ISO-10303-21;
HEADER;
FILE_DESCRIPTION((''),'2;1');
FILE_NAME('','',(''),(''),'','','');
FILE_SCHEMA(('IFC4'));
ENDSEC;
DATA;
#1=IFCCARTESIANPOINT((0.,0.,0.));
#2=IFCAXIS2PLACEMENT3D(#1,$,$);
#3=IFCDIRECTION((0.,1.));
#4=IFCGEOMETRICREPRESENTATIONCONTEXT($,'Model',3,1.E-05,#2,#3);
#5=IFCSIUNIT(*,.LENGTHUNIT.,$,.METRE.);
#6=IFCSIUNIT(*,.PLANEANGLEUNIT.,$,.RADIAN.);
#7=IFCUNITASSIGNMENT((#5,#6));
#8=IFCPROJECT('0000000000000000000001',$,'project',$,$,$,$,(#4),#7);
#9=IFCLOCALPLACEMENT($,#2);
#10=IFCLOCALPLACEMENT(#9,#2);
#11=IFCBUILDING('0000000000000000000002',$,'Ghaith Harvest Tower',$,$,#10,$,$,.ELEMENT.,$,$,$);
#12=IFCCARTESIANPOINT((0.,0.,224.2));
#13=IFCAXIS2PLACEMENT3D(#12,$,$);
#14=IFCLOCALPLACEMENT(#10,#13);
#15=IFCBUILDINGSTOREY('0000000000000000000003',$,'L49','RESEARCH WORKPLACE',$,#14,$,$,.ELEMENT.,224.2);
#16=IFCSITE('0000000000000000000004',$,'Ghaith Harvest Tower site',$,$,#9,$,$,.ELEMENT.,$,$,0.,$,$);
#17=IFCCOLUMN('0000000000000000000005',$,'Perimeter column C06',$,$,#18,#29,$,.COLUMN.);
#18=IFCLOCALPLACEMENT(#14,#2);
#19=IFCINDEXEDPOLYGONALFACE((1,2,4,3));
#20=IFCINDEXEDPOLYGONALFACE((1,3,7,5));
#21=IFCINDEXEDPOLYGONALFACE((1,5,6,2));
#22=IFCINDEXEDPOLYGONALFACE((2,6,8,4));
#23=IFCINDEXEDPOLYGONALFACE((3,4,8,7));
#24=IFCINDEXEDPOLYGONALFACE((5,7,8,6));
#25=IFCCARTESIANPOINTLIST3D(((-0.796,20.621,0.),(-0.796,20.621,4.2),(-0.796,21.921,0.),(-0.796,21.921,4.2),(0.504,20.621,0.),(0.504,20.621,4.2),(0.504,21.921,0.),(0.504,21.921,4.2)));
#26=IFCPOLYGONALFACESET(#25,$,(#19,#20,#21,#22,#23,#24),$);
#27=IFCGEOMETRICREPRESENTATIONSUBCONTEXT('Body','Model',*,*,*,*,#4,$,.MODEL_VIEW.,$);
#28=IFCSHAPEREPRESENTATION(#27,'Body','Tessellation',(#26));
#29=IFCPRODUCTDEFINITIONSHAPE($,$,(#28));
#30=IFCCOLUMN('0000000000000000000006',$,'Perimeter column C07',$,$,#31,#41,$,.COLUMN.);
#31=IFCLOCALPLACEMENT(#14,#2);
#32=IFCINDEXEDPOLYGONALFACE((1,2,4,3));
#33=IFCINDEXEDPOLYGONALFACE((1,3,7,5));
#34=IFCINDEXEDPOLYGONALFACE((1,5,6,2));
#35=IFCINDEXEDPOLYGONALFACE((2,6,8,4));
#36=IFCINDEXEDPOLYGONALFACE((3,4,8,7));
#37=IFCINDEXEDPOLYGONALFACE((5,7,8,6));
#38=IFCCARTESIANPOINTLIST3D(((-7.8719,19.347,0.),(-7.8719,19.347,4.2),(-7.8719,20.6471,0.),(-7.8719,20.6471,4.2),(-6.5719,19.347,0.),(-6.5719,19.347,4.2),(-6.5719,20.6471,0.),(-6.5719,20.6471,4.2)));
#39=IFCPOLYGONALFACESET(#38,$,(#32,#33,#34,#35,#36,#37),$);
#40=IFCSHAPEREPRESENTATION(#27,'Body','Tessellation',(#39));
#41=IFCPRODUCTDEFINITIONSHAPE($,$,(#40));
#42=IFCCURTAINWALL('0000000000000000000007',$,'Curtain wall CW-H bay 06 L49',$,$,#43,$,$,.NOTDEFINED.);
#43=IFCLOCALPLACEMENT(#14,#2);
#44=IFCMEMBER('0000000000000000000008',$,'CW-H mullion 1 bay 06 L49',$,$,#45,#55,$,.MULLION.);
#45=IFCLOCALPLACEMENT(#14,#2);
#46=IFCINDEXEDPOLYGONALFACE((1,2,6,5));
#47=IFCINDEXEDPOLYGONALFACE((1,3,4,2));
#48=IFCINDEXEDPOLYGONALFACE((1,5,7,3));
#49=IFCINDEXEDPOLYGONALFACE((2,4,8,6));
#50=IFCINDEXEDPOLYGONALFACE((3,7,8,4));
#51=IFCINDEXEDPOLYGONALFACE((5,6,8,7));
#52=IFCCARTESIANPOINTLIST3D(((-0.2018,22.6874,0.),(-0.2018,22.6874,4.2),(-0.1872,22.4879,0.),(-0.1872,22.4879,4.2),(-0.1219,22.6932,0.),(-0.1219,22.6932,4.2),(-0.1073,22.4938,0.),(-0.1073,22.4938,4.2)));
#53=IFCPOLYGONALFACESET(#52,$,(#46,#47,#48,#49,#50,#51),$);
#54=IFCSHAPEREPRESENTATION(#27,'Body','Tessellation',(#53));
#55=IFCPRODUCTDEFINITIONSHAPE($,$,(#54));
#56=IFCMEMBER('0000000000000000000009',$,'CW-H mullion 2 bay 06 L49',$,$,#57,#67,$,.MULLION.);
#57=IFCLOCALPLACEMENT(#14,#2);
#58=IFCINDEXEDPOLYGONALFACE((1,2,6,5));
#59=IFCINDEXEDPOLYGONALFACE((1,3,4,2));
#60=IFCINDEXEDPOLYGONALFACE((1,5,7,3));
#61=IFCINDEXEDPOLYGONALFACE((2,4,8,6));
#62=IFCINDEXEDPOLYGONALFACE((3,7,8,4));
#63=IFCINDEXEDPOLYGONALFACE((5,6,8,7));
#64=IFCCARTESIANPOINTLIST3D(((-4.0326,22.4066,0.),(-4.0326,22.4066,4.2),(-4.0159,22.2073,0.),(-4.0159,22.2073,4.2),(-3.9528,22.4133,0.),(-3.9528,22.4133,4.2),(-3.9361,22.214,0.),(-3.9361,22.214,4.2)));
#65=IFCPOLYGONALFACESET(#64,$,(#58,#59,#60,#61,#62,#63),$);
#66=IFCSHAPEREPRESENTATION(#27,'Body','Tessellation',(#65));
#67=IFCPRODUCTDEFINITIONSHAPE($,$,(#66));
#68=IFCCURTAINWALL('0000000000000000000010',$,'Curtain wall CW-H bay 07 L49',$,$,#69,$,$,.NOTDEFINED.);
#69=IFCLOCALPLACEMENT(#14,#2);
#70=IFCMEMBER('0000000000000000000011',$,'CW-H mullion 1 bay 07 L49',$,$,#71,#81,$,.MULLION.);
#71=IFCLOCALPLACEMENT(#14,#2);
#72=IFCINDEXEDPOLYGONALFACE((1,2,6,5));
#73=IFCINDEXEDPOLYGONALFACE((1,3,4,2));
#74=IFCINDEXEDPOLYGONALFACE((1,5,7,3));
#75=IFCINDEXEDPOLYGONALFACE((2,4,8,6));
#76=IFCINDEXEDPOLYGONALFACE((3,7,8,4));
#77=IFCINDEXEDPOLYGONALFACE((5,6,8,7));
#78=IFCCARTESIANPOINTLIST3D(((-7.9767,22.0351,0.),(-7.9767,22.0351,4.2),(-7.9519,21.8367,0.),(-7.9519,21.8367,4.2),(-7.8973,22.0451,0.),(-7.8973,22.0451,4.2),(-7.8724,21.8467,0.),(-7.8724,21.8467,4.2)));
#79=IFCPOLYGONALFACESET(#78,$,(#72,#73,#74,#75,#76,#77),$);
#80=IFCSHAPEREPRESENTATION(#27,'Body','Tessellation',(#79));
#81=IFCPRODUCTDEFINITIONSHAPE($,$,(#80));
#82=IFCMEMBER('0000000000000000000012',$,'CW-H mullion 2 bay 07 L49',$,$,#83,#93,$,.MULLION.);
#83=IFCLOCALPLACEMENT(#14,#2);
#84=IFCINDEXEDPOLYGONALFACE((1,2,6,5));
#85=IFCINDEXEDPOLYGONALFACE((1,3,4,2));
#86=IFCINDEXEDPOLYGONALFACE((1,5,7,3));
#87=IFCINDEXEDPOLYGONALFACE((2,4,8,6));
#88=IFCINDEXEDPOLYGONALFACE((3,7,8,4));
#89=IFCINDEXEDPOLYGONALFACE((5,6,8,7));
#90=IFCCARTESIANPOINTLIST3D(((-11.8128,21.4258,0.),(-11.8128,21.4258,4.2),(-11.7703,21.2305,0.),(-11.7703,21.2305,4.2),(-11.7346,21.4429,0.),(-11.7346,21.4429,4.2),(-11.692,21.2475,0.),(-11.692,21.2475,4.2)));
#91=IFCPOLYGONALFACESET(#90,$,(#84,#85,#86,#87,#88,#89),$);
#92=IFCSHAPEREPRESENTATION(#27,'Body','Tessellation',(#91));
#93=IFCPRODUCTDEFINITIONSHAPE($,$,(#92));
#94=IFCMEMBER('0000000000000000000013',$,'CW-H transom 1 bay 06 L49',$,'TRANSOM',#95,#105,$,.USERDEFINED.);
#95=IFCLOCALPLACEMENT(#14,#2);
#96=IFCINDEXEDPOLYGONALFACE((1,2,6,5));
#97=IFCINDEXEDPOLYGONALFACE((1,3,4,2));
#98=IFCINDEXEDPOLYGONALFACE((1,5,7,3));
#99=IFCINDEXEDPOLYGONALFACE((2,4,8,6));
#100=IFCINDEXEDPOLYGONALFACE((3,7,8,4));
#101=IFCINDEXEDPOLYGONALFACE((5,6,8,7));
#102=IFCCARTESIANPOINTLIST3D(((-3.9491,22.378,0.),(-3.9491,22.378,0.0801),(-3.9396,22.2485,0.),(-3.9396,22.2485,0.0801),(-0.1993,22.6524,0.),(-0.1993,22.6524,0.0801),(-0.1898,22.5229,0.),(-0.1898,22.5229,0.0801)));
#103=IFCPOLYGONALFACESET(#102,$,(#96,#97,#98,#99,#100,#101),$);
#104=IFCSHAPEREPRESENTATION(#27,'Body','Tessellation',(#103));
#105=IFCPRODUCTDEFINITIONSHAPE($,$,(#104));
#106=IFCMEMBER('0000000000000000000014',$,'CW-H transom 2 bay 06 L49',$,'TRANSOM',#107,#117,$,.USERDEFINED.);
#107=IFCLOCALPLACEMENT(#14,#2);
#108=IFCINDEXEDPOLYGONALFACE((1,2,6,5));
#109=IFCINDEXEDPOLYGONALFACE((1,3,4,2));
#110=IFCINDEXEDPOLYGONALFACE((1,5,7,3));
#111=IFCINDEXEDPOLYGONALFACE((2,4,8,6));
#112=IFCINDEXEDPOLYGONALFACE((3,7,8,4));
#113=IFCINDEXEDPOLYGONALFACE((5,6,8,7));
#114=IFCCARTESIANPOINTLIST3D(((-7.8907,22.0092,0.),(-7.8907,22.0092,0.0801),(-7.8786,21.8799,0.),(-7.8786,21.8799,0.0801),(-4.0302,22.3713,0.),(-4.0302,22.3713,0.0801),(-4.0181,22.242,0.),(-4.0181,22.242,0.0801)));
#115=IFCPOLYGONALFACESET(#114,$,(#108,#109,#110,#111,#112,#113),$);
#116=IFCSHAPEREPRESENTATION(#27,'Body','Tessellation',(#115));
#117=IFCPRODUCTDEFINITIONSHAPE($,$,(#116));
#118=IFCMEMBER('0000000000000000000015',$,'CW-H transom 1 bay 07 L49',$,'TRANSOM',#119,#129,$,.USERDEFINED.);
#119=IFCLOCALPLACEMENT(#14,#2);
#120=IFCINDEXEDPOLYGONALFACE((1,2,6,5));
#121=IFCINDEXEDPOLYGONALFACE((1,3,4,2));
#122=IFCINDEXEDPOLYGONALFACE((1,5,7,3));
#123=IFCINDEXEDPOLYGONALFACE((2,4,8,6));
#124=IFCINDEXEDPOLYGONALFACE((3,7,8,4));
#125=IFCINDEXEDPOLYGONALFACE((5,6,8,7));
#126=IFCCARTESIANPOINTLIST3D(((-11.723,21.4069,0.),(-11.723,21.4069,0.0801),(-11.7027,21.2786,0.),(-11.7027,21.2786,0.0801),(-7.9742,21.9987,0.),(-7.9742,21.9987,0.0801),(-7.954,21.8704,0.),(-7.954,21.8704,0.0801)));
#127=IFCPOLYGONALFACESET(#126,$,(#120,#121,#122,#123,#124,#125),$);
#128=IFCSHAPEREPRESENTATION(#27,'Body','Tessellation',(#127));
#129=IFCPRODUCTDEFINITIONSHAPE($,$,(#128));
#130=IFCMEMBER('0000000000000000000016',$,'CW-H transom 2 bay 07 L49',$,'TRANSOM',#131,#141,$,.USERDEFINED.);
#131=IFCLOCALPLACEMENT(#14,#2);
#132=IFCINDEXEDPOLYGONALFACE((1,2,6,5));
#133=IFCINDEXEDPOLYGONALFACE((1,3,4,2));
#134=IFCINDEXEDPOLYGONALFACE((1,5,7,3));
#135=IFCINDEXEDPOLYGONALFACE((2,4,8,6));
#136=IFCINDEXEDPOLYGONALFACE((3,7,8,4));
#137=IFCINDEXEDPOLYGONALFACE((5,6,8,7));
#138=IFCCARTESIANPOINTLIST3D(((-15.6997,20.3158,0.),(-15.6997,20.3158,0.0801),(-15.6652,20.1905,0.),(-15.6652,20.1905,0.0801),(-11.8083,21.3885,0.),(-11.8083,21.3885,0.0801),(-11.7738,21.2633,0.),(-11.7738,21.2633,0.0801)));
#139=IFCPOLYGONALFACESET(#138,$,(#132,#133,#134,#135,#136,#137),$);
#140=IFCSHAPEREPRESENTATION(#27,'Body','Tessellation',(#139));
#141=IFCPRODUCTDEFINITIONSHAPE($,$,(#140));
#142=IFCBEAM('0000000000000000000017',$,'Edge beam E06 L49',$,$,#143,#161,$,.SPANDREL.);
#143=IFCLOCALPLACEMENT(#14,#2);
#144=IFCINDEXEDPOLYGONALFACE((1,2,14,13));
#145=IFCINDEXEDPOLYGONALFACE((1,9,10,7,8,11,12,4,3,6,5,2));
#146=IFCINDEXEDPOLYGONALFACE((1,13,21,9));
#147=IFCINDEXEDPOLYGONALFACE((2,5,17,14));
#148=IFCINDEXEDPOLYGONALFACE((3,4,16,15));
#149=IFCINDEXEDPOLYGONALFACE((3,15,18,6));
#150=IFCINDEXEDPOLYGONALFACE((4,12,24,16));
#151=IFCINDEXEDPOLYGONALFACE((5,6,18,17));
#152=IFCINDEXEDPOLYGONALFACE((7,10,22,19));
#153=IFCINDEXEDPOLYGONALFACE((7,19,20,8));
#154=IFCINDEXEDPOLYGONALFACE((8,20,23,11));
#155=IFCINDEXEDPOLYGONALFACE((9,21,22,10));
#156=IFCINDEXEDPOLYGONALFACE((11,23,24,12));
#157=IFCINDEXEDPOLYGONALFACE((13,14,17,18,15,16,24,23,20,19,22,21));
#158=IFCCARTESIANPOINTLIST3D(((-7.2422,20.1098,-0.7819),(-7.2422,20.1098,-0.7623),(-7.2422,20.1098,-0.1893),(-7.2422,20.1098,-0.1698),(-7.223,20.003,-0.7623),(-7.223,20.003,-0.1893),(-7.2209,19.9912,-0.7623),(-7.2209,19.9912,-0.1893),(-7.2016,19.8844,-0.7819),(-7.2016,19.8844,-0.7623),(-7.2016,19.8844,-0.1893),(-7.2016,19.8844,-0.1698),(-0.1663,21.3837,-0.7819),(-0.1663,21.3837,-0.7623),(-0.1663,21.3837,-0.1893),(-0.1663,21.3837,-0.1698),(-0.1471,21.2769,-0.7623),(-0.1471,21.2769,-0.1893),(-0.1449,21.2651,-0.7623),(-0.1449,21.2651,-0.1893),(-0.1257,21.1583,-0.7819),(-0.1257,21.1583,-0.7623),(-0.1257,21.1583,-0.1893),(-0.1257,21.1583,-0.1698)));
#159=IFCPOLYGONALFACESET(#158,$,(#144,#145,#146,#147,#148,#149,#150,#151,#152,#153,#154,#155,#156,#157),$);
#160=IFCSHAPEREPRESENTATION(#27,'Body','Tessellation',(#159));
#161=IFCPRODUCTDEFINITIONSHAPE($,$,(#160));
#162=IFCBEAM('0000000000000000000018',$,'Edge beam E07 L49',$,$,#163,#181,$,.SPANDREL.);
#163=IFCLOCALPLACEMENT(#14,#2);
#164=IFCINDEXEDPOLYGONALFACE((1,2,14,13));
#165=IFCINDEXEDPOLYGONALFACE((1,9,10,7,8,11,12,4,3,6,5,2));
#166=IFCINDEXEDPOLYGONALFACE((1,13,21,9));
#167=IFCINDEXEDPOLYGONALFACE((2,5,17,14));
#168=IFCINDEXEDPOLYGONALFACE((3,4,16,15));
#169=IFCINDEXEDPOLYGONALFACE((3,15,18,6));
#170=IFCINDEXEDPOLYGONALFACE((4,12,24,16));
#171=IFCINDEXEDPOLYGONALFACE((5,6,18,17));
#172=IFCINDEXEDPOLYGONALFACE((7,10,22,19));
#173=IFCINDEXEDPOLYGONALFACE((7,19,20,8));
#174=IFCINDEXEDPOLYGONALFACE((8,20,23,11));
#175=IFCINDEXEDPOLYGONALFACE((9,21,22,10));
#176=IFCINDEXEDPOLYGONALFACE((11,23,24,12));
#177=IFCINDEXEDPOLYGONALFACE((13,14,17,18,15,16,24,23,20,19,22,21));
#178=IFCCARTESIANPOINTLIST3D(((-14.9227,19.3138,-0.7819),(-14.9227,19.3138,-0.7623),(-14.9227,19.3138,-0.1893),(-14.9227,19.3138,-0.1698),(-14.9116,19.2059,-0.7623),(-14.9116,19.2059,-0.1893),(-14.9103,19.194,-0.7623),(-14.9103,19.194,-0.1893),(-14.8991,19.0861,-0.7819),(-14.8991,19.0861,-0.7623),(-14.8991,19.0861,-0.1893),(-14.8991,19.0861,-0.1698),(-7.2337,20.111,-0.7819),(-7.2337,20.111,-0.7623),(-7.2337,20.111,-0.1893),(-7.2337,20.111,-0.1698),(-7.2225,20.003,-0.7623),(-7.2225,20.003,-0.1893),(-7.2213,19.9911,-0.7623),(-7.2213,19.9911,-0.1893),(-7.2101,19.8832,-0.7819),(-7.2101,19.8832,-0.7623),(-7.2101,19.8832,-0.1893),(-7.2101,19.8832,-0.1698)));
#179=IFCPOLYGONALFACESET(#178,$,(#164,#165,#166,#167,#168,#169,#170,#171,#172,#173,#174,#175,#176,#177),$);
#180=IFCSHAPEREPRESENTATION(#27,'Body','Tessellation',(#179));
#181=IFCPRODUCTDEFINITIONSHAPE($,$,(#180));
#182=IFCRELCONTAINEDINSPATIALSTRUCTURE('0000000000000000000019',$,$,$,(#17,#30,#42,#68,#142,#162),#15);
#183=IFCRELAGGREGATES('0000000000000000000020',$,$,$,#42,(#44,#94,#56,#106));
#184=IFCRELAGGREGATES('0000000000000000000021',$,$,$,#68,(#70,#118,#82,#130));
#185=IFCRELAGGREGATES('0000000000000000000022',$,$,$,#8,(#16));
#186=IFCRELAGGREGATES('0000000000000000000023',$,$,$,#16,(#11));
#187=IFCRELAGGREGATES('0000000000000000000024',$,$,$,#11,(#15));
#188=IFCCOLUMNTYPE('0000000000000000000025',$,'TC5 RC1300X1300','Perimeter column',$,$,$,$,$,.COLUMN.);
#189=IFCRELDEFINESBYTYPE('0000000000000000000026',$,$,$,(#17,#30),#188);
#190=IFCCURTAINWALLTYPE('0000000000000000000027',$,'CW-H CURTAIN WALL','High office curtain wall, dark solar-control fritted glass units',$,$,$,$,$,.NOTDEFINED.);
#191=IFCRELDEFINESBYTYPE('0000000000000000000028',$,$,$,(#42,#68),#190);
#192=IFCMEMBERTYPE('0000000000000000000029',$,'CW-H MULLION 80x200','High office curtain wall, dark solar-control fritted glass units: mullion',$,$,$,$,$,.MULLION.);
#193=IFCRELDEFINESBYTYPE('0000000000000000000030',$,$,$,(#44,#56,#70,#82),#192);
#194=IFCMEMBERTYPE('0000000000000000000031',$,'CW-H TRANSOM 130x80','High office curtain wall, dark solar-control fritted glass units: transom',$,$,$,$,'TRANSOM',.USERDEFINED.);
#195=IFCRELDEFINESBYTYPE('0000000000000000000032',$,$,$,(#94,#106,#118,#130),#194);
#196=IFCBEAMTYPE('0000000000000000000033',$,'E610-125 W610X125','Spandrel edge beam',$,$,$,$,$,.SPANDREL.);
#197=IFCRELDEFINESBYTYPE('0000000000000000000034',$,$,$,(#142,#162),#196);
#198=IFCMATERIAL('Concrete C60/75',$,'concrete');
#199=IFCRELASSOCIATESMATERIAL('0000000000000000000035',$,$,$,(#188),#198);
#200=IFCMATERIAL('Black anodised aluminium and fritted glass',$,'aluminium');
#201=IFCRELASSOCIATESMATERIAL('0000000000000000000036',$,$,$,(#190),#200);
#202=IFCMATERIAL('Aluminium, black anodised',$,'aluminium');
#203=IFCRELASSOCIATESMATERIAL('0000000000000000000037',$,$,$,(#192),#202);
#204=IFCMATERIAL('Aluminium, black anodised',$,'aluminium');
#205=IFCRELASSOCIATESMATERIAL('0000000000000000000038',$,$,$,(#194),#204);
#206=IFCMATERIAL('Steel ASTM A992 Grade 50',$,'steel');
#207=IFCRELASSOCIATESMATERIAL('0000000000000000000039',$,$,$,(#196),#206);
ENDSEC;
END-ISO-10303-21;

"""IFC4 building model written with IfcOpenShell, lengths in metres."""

from ifc_helpers import new_model, si_unit, direction, frame, origin, origin_2d, place, context, subcontext, project, spatial, rectangle, i_section, extrude, material, material_profile, profile_set, type_object, element, aggregate, save


model = new_model("IFC4")

# Units and contexts
model_context = context("Model", 3, precision=1e-05, world=origin(), true_north=direction((0.0, 1.0)))
body_context = subcontext(model_context, "Body", "Model", "MODEL_VIEW")
ifc_project = project(units=[si_unit("LENGTHUNIT", "METRE"), si_unit("PLANEANGLEUNIT", "RADIAN")], contexts=[model_context])

# Site, building, storey
site_placement = place(None, origin())
site = spatial("IfcSite", under=ifc_project, at=site_placement, Name="Ghaith Harvest Tower site", CompositionType="ELEMENT", RefElevation=0.0)
building_placement = place(site_placement, origin())
building = spatial("IfcBuilding", under=site, at=building_placement, Name="Ghaith Harvest Tower", CompositionType="ELEMENT")
storey_placement = place(building_placement, frame((0.0, 0.0, 224.2)))
storey = spatial("IfcBuildingStorey", under=building, at=storey_placement, Name="L49", Description="RESEARCH WORKPLACE", CompositionType="ELEMENT", Elevation=224.2)

# Columns
ifc_material_1 = material(Name="Concrete C60/75", Category="concrete")
ifc_material_profile_1 = material_profile(ifc_material_1, rectangle(XDim=1.3, YDim=1.3, at=origin_2d()), Name="RC1300X1300")
ifc_profile_set_1 = profile_set([ifc_material_profile_1], Name="Concrete C60/75")
column_type = type_object("IfcColumnType", Name="TC5 RC1300X1300", Description="Perimeter column", PredefinedType="COLUMN", material=ifc_profile_set_1)
for number, where, z_axis, x_axis, name in (
    (1, (-0.146, 21.271, 0.0), (0.0, 0.0, 1.0), (1.0, 0.0, 0.0), "Perimeter column C06"),
    (2, (-7.2219, 19.9971, 0.0), (0.0, 0.0, 1.0), (1.0, 0.0, 0.0), "Perimeter column C07"),
):
    element("IfcColumn", number, at=place(storey_placement, frame(where, z_axis=z_axis, x_axis=x_axis)), inside=storey, type_object=column_type, Name=name, PredefinedType="COLUMN", context=body_context, shape_type="SweptSolid", body=[
        extrude(rectangle(XDim=1.3, YDim=1.3, at=origin_2d()), origin(), (0.0, 0.0, 1.0), 4.2),
    ])

# Curtain walls, members
ifc_material_2 = material(Name="Black anodised aluminium and fritted glass", Category="aluminium")
curtain_wall_type = type_object("IfcCurtainWallType", Name="CW-H CURTAIN WALL", Description="High office curtain wall, dark solar-control fritted glass units", PredefinedType="NOTDEFINED", material=ifc_material_2)
curtain_wall_1_placement = place(storey_placement, origin())
curtain_wall_1 = element("IfcCurtainWall", 3, at=curtain_wall_1_placement, inside=storey, type_object=curtain_wall_type, Name="Curtain wall CW-H bay 06 L49", PredefinedType="NOTDEFINED")
ifc_material_3 = material(Name="Aluminium, black anodised", Category="aluminium")
ifc_material_profile_2 = material_profile(ifc_material_3, rectangle(XDim=0.0801, YDim=0.2, at=origin_2d()), Name="CW-H MULLION 80x200")
ifc_profile_set_2 = profile_set([ifc_material_profile_2], Name="Aluminium, black anodised")
member_type_1 = type_object("IfcMemberType", Name="CW-H MULLION 80x200", Description="High office curtain wall, dark solar-control fritted glass units: mullion", PredefinedType="MULLION", material=ifc_profile_set_2)
member_1_placement = place(storey_placement, frame((-0.1545, 22.5906, 0.0), z_axis=(0.0, 0.0, 1.0), x_axis=(-0.997329, -0.073037, 0.0)))
member_1 = element("IfcMember", 4, at=member_1_placement, type_object=member_type_1, Name="CW-H mullion 1 bay 06 L49", PredefinedType="MULLION", context=body_context, shape_type="SweptSolid", body=[
    extrude(rectangle(XDim=0.0801, YDim=0.2, at=origin_2d()), origin(), (0.0, 0.0, 1.0), 4.2),
])
member_2_placement = place(storey_placement, frame((-3.9844, 22.3103, 0.0), z_axis=(0.0, 0.0, 1.0), x_axis=(-0.996523, -0.083324, 0.0)))
member_2 = element("IfcMember", 5, at=member_2_placement, type_object=member_type_1, Name="CW-H mullion 2 bay 06 L49", PredefinedType="MULLION", context=body_context, shape_type="SweptSolid", body=[
    extrude(rectangle(XDim=0.0801, YDim=0.2, at=origin_2d()), origin(), (0.0, 0.0, 1.0), 4.2),
])
curtain_wall_2_placement = place(storey_placement, origin())
curtain_wall_2 = element("IfcCurtainWall", 6, at=curtain_wall_2_placement, inside=storey, type_object=curtain_wall_type, Name="Curtain wall CW-H bay 07 L49", PredefinedType="NOTDEFINED")
member_3_placement = place(storey_placement, frame((-7.9246, 21.9409, 0.0), z_axis=(0.0, 0.0, 1.0), x_axis=(-0.992235, -0.124373, 0.0)))
member_3 = element("IfcMember", 7, at=member_3_placement, type_object=member_type_1, Name="CW-H mullion 1 bay 07 L49", PredefinedType="MULLION", context=body_context, shape_type="SweptSolid", body=[
    extrude(rectangle(XDim=0.0801, YDim=0.2, at=origin_2d()), origin(), (0.0, 0.0, 1.0), 4.2),
])
member_4_placement = place(storey_placement, frame((-11.7524, 21.3367, 0.0), z_axis=(0.0, 0.0, 1.0), x_axis=(-0.977086, -0.212843, 0.0)))
member_4 = element("IfcMember", 8, at=member_4_placement, type_object=member_type_1, Name="CW-H mullion 2 bay 07 L49", PredefinedType="MULLION", context=body_context, shape_type="SweptSolid", body=[
    extrude(rectangle(XDim=0.0801, YDim=0.2, at=origin_2d()), origin(), (0.0, 0.0, 1.0), 4.2),
])

# Members
ifc_material_4 = material(Name="Aluminium, black anodised", Category="aluminium")
ifc_material_profile_3 = material_profile(ifc_material_4, rectangle(XDim=0.1299, YDim=0.0801, at=origin_2d()), Name="CW-H TRANSOM 130x80")
ifc_profile_set_3 = profile_set([ifc_material_profile_3], Name="Aluminium, black anodised")
member_type_2 = type_object("IfcMemberType", Name="CW-H TRANSOM 130x80", Description="High office curtain wall, dark solar-control fritted glass units: transom", ElementType="TRANSOM", PredefinedType="USERDEFINED", material=ifc_profile_set_3)
member_5_placement = place(storey_placement, frame((-0.1946, 22.5876, 0.04), z_axis=(-0.997333, -0.072987, 0.0), x_axis=(0.072987, -0.997333, 0.0)))
member_5 = element("IfcMember", 9, at=member_5_placement, type_object=member_type_2, Name="CW-H transom 1 bay 06 L49", ObjectType="TRANSOM", PredefinedType="USERDEFINED", context=body_context, shape_type="SweptSolid", body=[
    extrude(rectangle(XDim=0.1299, YDim=0.0801, at=origin_2d()), origin(), (0.0, 0.0, 1.0), 3.7598),
])
member_6_placement = place(storey_placement, frame((-4.0242, 22.3066, 0.04), z_axis=(-0.995631, -0.093374, 0.0), x_axis=(0.093374, -0.995631, 0.0)))
member_6 = element("IfcMember", 10, at=member_6_placement, type_object=member_type_2, Name="CW-H transom 2 bay 06 L49", ObjectType="TRANSOM", PredefinedType="USERDEFINED", context=body_context, shape_type="SweptSolid", body=[
    extrude(rectangle(XDim=0.1299, YDim=0.0801, at=origin_2d()), origin(), (0.0, 0.0, 1.0), 3.8774),
])
member_7_placement = place(storey_placement, frame((-7.9641, 21.9346, 0.04), z_axis=(-0.987768, -0.155933, 0.0), x_axis=(0.155933, -0.987768, 0.0)))
member_7 = element("IfcMember", 11, at=member_7_placement, type_object=member_type_2, Name="CW-H transom 1 bay 07 L49", ObjectType="TRANSOM", PredefinedType="USERDEFINED", context=body_context, shape_type="SweptSolid", body=[
    extrude(rectangle(XDim=0.1299, YDim=0.0801, at=origin_2d()), origin(), (0.0, 0.0, 1.0), 3.7952),
])
member_8_placement = place(storey_placement, frame((-11.791, 21.3259, 0.04), z_axis=(-0.964039, -0.265762, 0.0), x_axis=(0.265762, -0.964039, 0.0)))
member_8 = element("IfcMember", 12, at=member_8_placement, type_object=member_type_2, Name="CW-H transom 2 bay 07 L49", ObjectType="TRANSOM", PredefinedType="USERDEFINED", context=body_context, shape_type="SweptSolid", body=[
    extrude(rectangle(XDim=0.1299, YDim=0.0801, at=origin_2d()), origin(), (0.0, 0.0, 1.0), 4.0366),
])

# Beams
ifc_material_5 = material(Name="Steel ASTM A992 Grade 50", Category="steel")
ifc_material_profile_4 = material_profile(ifc_material_5, i_section(OverallWidth=0.229, OverallDepth=0.6121, WebThickness=0.012, FlangeThickness=0.0195, at=origin_2d()), Name="W610X125")
ifc_profile_set_4 = profile_set([ifc_material_profile_4], Name="Steel ASTM A992 Grade 50")
beam_type_1 = type_object("IfcBeamType", Name="E610-125 W610X125", Description="Spandrel edge beam", PredefinedType="SPANDREL", material=ifc_profile_set_4)
beam_1_placement = place(storey_placement, frame((-0.146, 21.271, -0.4758), z_axis=(-0.984177, -0.177188, 0.0), x_axis=(0.177188, -0.984177, 0.0)))
element("IfcBeam", 13, at=beam_1_placement, inside=storey, type_object=beam_type_1, Name="Edge beam E06 L49", PredefinedType="SPANDREL", context=body_context, shape_type="SweptSolid", body=[
    extrude(i_section(OverallWidth=0.229, OverallDepth=0.6121, WebThickness=0.012, FlangeThickness=0.0195, at=origin_2d()), origin(), (0.0, 0.0, 1.0), 7.1897),
])
beam_2_placement = place(storey_placement, frame((-7.2219, 19.9971, -0.4758), z_axis=(-0.994669, -0.103118, 0.0), x_axis=(0.103118, -0.994669, 0.0)))
element("IfcBeam", 14, at=beam_2_placement, inside=storey, type_object=beam_type_1, Name="Edge beam E07 L49", PredefinedType="SPANDREL", context=body_context, shape_type="SweptSolid", body=[
    extrude(i_section(OverallWidth=0.229, OverallDepth=0.6121, WebThickness=0.012, FlangeThickness=0.0195, at=origin_2d()), origin(), (0.0, 0.0, 1.0), 7.7302),
])

aggregate(curtain_wall_1, [member_1, member_5, member_2, member_6])
aggregate(curtain_wall_2, [member_3, member_7, member_4, member_8])

save(model, "model.ifc")
